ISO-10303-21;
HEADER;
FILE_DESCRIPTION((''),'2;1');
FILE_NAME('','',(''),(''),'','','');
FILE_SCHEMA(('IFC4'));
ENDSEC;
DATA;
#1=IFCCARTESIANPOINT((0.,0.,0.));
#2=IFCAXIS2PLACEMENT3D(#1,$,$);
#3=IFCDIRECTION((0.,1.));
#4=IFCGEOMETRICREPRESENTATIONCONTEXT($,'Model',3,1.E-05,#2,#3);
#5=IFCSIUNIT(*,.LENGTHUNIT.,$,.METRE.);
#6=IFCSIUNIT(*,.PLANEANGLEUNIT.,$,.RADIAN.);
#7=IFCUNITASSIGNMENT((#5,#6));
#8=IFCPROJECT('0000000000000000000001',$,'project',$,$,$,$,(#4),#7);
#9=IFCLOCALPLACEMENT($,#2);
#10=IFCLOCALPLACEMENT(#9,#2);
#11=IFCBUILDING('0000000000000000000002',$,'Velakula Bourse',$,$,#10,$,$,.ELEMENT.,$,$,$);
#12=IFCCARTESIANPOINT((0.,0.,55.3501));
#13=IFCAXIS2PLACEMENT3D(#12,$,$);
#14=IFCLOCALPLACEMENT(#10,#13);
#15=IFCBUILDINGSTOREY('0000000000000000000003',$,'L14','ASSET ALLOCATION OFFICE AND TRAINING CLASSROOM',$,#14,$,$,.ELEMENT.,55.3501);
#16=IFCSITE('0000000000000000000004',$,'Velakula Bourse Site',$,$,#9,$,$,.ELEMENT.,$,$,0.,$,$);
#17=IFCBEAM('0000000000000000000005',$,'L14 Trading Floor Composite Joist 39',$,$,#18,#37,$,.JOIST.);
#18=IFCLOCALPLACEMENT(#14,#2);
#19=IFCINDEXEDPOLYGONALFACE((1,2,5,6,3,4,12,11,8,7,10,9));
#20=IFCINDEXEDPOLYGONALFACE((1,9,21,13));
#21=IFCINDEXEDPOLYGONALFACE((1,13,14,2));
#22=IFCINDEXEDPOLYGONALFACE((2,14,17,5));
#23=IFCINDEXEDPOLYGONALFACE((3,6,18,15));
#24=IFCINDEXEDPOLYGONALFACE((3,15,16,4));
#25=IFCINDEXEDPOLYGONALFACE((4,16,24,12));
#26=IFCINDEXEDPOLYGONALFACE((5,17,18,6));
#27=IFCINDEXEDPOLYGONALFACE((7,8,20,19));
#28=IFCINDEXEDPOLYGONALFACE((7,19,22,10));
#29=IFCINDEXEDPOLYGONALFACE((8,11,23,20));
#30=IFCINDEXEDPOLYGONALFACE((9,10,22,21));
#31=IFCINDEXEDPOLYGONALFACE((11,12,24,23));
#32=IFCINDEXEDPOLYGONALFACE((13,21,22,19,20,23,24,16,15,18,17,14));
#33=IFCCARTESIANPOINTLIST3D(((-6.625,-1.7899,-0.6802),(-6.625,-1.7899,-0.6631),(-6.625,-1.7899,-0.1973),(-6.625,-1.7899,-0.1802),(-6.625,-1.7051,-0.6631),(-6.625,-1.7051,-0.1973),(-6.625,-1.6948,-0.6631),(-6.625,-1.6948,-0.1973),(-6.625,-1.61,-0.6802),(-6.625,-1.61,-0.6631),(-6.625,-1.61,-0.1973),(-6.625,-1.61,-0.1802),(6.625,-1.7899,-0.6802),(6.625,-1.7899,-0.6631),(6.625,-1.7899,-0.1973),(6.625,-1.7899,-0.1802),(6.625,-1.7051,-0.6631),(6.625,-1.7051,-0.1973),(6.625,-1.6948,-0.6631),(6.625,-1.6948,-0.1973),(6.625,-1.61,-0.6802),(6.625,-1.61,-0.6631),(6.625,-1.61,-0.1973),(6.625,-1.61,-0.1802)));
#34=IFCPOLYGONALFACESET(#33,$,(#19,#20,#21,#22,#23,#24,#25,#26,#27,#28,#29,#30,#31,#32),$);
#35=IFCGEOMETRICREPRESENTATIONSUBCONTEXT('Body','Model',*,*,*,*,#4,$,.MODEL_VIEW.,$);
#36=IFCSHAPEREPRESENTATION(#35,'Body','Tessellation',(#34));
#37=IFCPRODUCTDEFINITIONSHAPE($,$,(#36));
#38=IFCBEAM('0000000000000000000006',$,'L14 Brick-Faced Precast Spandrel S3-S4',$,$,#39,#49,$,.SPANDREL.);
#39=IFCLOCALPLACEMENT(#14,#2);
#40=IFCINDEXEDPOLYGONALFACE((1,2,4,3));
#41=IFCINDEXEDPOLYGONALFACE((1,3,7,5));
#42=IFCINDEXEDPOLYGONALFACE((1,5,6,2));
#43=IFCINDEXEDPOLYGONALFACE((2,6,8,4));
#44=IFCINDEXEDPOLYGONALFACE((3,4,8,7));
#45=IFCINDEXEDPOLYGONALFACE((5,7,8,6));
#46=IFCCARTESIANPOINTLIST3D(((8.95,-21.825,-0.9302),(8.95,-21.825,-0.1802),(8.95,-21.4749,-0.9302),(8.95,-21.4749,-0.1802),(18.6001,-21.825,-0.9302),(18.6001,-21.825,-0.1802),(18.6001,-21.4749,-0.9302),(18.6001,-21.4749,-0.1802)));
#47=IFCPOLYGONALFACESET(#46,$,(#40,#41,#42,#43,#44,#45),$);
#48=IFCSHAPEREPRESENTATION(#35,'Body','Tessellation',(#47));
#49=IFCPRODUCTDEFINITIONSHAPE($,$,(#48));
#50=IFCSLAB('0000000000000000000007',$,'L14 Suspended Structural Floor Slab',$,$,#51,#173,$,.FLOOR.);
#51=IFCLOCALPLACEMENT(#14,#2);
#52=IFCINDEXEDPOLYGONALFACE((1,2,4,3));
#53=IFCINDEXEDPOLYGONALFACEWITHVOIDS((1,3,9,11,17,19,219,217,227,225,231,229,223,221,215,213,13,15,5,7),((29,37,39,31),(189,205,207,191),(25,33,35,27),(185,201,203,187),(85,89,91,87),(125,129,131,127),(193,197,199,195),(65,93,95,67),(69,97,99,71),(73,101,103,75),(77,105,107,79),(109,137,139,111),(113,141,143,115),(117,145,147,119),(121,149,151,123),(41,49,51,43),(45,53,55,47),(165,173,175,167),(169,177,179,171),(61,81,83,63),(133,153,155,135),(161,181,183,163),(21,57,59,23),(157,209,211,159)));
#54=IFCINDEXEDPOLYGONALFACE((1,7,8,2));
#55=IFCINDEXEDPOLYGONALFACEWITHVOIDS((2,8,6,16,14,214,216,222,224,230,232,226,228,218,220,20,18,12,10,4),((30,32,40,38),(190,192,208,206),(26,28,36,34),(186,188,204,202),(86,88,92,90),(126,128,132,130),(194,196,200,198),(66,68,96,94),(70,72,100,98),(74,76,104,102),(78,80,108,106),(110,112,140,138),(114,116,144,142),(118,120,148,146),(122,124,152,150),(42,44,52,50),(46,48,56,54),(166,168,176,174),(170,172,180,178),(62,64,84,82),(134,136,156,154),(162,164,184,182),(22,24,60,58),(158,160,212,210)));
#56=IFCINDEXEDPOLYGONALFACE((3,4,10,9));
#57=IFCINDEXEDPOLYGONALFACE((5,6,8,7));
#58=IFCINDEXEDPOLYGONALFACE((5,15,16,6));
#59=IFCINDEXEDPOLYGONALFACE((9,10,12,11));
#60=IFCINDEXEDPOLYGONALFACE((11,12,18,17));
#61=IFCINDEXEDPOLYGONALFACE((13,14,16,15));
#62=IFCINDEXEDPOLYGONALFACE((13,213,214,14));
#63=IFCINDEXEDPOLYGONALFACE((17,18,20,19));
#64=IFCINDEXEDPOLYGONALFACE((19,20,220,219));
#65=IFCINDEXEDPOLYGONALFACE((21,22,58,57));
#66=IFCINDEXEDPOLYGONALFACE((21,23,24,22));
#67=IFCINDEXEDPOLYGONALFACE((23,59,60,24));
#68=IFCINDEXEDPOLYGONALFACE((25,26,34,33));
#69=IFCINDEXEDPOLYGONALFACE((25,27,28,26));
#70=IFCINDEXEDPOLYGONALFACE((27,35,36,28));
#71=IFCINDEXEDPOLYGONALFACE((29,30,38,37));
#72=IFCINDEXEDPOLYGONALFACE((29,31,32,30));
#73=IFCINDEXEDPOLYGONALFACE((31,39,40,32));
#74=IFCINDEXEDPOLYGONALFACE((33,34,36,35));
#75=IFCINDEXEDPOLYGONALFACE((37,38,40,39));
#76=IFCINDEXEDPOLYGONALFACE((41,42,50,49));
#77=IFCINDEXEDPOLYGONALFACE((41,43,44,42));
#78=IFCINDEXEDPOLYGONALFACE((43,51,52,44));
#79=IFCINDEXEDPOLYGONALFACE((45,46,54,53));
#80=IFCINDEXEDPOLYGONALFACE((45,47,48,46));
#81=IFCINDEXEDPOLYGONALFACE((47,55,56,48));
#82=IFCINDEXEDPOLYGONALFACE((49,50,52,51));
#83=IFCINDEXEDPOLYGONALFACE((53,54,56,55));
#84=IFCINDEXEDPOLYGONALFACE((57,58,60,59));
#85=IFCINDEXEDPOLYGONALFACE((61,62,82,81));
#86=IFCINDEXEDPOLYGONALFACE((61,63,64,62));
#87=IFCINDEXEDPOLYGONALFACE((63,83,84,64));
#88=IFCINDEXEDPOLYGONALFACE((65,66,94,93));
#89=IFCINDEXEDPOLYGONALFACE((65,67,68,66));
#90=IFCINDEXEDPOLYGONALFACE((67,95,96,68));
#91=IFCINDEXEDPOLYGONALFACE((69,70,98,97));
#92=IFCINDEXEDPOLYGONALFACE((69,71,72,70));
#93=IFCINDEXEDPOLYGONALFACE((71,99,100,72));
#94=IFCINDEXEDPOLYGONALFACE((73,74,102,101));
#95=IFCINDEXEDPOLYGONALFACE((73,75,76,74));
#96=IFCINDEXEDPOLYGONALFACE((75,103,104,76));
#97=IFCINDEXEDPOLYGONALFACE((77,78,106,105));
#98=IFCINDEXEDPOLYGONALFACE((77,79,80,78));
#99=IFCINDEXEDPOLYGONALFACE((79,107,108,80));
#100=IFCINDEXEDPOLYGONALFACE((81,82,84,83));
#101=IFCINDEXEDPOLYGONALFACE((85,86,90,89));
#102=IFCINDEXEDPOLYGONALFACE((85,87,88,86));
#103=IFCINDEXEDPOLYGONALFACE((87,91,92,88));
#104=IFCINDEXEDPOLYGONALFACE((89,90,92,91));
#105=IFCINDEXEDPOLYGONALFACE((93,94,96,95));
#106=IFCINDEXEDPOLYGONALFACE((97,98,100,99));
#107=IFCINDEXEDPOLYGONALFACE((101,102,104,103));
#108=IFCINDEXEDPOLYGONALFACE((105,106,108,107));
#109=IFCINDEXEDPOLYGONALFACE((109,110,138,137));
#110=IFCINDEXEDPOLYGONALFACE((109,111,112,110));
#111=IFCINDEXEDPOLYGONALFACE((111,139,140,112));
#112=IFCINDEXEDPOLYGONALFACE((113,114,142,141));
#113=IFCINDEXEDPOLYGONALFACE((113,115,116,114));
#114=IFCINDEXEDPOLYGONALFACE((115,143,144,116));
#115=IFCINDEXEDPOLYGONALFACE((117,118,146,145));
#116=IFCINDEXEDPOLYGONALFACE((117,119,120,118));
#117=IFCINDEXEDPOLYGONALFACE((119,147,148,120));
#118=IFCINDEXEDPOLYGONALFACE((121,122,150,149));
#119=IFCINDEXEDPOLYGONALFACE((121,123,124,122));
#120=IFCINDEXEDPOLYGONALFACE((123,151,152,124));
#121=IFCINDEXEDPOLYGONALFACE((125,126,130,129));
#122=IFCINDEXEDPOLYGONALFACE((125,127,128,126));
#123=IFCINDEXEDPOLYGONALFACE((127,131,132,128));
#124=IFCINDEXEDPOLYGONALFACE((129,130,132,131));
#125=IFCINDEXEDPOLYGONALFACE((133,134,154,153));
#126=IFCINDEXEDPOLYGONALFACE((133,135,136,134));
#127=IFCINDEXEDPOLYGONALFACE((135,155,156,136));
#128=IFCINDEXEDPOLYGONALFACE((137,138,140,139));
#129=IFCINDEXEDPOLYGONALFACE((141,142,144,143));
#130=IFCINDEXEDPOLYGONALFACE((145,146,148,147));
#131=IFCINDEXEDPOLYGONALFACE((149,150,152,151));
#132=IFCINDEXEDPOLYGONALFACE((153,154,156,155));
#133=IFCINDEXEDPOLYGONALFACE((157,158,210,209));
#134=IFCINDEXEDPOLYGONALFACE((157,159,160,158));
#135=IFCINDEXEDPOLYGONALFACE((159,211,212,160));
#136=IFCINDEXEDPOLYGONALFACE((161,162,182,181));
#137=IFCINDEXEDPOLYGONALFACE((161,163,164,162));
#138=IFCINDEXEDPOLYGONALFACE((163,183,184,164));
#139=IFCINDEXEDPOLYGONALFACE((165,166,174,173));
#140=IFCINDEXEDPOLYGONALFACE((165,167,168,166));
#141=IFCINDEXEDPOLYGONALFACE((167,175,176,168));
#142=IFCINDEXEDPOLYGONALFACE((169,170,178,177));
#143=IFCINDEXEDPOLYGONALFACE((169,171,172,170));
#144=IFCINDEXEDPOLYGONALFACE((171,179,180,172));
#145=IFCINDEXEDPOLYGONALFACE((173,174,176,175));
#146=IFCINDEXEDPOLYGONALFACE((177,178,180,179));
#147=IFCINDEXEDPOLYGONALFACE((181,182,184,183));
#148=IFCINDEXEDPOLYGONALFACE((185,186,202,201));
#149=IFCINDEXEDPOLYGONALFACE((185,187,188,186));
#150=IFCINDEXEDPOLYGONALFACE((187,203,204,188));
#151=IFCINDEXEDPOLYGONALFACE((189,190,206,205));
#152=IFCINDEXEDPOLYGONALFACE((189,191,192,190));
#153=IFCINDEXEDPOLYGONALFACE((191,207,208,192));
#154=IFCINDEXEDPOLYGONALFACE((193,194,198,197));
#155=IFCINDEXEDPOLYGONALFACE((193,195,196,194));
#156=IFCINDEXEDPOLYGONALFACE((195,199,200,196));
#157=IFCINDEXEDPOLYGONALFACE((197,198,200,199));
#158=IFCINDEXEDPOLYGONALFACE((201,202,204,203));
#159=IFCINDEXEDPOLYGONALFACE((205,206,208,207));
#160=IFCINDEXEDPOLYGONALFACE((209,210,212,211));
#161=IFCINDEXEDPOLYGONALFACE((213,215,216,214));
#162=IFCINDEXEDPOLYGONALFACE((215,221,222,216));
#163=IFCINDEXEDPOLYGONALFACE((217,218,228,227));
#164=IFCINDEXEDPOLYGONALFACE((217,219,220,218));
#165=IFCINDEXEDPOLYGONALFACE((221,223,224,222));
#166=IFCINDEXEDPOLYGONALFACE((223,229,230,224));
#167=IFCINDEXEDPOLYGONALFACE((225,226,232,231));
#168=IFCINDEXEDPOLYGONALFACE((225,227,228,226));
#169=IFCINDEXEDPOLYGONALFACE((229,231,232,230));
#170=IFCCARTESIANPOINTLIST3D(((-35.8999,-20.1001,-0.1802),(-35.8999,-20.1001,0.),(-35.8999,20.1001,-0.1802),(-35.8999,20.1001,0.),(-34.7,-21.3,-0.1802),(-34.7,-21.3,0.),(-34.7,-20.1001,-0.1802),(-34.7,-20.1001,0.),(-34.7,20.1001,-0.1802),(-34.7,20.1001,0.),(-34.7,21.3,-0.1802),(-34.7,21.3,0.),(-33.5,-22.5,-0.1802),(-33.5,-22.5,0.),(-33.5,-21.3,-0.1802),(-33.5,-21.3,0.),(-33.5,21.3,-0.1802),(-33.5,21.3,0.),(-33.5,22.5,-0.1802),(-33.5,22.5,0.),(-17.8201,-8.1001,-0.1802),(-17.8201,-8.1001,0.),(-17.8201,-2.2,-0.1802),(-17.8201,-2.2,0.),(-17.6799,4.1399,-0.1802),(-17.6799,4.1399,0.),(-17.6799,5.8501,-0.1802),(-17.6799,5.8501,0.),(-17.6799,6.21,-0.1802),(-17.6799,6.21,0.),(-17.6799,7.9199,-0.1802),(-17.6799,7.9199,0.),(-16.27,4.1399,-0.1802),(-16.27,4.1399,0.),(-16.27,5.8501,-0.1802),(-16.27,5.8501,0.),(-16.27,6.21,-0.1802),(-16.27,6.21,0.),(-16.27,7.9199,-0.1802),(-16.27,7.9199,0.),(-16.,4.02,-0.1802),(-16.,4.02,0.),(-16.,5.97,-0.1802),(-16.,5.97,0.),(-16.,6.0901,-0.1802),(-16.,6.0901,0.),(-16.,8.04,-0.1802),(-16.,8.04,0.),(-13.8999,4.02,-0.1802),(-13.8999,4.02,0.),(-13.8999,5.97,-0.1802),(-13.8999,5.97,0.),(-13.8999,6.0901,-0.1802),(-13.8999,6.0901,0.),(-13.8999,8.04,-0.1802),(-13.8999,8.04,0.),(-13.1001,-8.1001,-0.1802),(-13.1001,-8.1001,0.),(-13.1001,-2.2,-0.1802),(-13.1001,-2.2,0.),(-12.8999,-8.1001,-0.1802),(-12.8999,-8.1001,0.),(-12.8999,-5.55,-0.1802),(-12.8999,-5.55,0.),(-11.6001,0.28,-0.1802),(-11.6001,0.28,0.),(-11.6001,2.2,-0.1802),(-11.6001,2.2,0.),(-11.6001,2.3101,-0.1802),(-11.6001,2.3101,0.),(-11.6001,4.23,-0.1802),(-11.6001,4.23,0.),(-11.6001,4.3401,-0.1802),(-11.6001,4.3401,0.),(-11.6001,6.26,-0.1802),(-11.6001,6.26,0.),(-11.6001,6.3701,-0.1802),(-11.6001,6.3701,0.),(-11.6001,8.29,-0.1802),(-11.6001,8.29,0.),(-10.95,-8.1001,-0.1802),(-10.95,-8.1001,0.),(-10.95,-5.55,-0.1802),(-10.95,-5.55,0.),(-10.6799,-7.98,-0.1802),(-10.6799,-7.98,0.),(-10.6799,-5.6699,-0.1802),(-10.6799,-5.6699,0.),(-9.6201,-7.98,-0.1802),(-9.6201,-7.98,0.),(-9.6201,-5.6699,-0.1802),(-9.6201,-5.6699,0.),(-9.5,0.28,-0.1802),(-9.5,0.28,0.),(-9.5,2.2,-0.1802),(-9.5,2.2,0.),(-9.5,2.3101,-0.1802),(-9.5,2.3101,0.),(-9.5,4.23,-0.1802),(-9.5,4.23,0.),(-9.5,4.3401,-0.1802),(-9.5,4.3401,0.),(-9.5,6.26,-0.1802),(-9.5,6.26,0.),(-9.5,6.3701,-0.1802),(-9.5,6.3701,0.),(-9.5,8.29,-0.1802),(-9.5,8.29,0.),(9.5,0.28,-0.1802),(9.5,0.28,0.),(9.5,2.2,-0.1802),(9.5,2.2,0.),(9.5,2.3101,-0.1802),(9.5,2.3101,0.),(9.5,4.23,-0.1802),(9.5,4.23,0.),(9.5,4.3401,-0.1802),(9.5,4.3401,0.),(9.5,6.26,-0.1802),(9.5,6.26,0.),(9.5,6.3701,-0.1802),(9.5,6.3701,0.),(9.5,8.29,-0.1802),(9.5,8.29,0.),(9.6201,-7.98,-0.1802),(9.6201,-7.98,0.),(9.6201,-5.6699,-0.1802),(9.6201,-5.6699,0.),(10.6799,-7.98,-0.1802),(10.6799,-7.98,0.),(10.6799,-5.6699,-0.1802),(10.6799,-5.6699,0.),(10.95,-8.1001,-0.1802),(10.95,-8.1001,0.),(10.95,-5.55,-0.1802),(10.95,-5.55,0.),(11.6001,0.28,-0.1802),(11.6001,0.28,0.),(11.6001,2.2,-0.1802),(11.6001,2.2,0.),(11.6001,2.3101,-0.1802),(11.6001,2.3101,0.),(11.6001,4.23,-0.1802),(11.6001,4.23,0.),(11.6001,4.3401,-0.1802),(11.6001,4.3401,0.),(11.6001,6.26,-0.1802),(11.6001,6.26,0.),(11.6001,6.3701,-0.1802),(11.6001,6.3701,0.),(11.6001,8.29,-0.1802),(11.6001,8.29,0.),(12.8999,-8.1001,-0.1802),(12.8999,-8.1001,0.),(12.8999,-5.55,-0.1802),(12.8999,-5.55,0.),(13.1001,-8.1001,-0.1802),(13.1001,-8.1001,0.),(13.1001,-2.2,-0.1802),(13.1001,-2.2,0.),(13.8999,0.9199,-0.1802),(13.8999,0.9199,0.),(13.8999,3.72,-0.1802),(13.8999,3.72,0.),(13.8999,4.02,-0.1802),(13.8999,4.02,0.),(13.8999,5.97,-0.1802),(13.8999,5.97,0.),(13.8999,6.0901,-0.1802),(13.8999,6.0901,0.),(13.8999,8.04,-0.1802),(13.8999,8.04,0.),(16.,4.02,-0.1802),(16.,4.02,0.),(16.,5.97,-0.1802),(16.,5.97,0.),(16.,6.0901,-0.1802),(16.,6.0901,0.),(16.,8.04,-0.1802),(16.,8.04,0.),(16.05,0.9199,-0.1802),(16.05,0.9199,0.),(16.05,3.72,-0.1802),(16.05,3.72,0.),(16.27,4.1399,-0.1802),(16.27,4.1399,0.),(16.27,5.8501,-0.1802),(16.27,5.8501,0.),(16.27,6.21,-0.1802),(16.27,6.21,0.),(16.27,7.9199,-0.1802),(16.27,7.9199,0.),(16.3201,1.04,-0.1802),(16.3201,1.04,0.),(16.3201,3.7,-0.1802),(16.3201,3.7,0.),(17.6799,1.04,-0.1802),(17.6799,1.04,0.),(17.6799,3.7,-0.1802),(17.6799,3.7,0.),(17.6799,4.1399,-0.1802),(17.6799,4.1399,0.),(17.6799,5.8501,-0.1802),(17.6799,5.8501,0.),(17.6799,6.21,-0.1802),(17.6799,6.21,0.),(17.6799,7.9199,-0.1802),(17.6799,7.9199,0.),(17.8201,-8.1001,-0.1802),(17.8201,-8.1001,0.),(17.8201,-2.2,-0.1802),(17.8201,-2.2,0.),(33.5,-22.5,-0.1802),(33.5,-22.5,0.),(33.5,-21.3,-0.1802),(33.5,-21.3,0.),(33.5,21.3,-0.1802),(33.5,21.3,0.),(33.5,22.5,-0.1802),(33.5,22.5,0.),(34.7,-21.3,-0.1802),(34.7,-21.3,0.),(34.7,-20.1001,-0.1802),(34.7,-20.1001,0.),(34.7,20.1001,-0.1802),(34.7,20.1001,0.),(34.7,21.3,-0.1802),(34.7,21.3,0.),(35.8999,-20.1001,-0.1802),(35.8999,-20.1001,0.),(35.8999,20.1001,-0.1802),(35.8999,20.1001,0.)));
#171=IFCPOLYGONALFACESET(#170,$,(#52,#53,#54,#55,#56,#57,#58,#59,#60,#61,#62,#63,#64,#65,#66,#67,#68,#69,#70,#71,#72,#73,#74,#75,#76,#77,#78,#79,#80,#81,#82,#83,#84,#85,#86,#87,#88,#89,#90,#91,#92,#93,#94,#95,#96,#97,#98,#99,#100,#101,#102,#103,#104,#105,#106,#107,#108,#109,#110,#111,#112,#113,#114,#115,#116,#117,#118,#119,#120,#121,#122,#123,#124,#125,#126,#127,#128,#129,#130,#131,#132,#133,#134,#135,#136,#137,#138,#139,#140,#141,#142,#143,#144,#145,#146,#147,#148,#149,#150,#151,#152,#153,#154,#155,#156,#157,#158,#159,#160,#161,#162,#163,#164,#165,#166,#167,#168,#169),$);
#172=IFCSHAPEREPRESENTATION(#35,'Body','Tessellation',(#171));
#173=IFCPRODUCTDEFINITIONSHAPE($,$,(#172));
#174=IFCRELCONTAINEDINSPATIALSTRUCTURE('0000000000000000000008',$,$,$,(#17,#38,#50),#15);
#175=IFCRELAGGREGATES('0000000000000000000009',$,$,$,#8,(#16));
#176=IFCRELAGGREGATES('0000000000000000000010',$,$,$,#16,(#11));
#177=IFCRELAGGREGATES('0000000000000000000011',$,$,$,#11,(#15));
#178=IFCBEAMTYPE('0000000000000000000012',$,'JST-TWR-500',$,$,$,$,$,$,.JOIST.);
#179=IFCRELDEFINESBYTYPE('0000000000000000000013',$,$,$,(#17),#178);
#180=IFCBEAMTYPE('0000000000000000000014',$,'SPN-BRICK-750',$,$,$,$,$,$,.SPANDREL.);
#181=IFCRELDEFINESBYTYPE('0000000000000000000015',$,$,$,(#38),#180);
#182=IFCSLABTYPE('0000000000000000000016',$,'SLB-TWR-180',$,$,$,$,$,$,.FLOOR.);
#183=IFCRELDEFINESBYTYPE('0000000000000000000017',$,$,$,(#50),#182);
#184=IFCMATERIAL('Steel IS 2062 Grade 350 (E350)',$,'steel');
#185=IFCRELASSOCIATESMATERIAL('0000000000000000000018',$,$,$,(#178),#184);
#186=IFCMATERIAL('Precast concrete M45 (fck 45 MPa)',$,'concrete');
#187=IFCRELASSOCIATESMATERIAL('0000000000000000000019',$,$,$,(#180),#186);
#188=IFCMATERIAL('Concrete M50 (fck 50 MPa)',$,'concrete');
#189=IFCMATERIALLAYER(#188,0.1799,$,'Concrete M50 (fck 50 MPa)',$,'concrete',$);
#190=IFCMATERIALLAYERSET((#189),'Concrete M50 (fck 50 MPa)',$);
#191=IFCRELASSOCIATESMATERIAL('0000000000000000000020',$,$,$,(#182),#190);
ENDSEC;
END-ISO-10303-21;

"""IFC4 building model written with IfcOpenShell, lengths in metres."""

from ifc_helpers import new_model, si_unit, direction, frame, origin, origin_2d, place, context, subcontext, project, spatial, polyline, rectangle, i_section, outline, extrude, material, layer, layer_set, material_profile, profile_set, type_object, element, save


model = new_model("IFC4")

# Units and contexts
model_context = context("Model", 3, precision=1e-05, world=origin(), true_north=direction((0.0, 1.0)))
body_context = subcontext(model_context, "Body", "Model", "MODEL_VIEW")
ifc_project = project(units=[si_unit("LENGTHUNIT", "METRE"), si_unit("PLANEANGLEUNIT", "RADIAN")], contexts=[model_context])

# Site, building, storey
site_placement = place(None, origin())
site = spatial("IfcSite", under=ifc_project, at=site_placement, Name="Velakula Bourse Site", CompositionType="ELEMENT", RefElevation=0.0)
building_placement = place(site_placement, origin())
building = spatial("IfcBuilding", under=site, at=building_placement, Name="Velakula Bourse", CompositionType="ELEMENT")
storey_placement = place(building_placement, frame((0.0, 0.0, 55.3501)))
storey = spatial("IfcBuildingStorey", under=building, at=storey_placement, Name="L14", Description="ASSET ALLOCATION OFFICE AND TRAINING CLASSROOM", CompositionType="ELEMENT", Elevation=55.3501)

# Beams
ifc_material_1 = material(Name="Steel IS 2062 Grade 350 (E350)", Category="steel")
ifc_material_profile_1 = material_profile(ifc_material_1, i_section(OverallWidth=0.1799, OverallDepth=0.5, WebThickness=0.0103, FlangeThickness=0.0171, at=origin_2d()), Name="Steel IS 2062 Grade 350 (E350)")
ifc_profile_set_1 = profile_set([ifc_material_profile_1], Name="Steel IS 2062 Grade 350 (E350)")
beam_type_1 = type_object("IfcBeamType", Name="JST-TWR-500", PredefinedType="JOIST", material=ifc_profile_set_1)
beam_1_placement = place(storey_placement, frame((-6.625, -1.7, -0.4302), z_axis=(1.0, 0.0, 0.0), x_axis=(0.0, 1.0, 0.0)))
element("IfcBeam", 1, at=beam_1_placement, inside=storey, type_object=beam_type_1, Name="L14 Trading Floor Composite Joist 39", PredefinedType="JOIST", context=body_context, shape_type="SweptSolid", body=[
    extrude(i_section(OverallWidth=0.1799, OverallDepth=0.5, WebThickness=0.0103, FlangeThickness=0.0171, at=origin_2d()), origin(), (0.0, 0.0, 1.0), 13.25),
])
ifc_material_2 = material(Name="Precast concrete M45 (fck 45 MPa)", Category="concrete")
ifc_material_profile_2 = material_profile(ifc_material_2, rectangle(XDim=0.3501, YDim=0.75, at=origin_2d()), Name="Precast concrete M45 (fck 45 MPa)")
ifc_profile_set_2 = profile_set([ifc_material_profile_2], Name="Precast concrete M45 (fck 45 MPa)")
beam_type_2 = type_object("IfcBeamType", Name="SPN-BRICK-750", PredefinedType="SPANDREL", material=ifc_profile_set_2)
beam_2_placement = place(storey_placement, frame((8.95, -21.6499, -0.5552), z_axis=(1.0, 0.0, 0.0), x_axis=(0.0, 1.0, 0.0)))
element("IfcBeam", 2, at=beam_2_placement, inside=storey, type_object=beam_type_2, Name="L14 Brick-Faced Precast Spandrel S3-S4", PredefinedType="SPANDREL", context=body_context, shape_type="SweptSolid", body=[
    extrude(rectangle(XDim=0.3501, YDim=0.75, at=origin_2d()), origin(), (0.0, 0.0, 1.0), 9.6501),
])

# Slab
ifc_material_3 = material(Name="Concrete M50 (fck 50 MPa)", Category="concrete")
ifc_layer_1 = layer(ifc_material_3, 0.1799, Name="Concrete M50 (fck 50 MPa)", Category="concrete")
ifc_layer_set_1 = layer_set([ifc_layer_1], Name="Concrete M50 (fck 50 MPa)")
slab_type = type_object("IfcSlabType", Name="SLB-TWR-180", PredefinedType="FLOOR", material=ifc_layer_set_1)
slab_placement = place(storey_placement, frame((0.0, 0.0, -0.1802)))
element("IfcSlab", 3, at=slab_placement, inside=storey, type_object=slab_type, Name="L14 Suspended Structural Floor Slab", PredefinedType="FLOOR", context=body_context, shape_type="SweptSolid", body=[
    extrude(outline(polyline([(-33.5, -22.5), (33.5, -22.5), (33.5, -21.3), (34.7, -21.3), (34.7, -20.1001), (35.8999, -20.1001), (35.8999, 20.1001), (34.7, 20.1001), (34.7, 21.3), (33.5, 21.3), (33.5, 22.5), (-33.5, 22.5), (-33.5, 21.3), (-34.7, 21.3), (-34.7, 20.1001), (-35.8999, 20.1001), (-35.8999, -20.1001), (-34.7, -20.1001), (-34.7, -21.3), (-33.5, -21.3), (-33.5, -22.5)]), holes=[polyline([(-17.8201, -8.1001), (-13.1001, -8.1001), (-13.1001, -2.2), (-17.8201, -2.2), (-17.8201, -8.1001)]), polyline([(13.1001, -8.1001), (17.8201, -8.1001), (17.8201, -2.2), (13.1001, -2.2), (13.1001, -8.1001)]), polyline([(-12.8999, -8.1001), (-10.95, -8.1001), (-10.95, -5.55), (-12.8999, -5.55), (-12.8999, -8.1001)]), polyline([(10.95, -8.1001), (12.8999, -8.1001), (12.8999, -5.55), (10.95, -5.55), (10.95, -8.1001)]), polyline([(13.8999, 0.9199), (16.05, 0.9199), (16.05, 3.72), (13.8999, 3.72), (13.8999, 0.9199)]), polyline([(-10.6799, -7.98), (-9.6201, -7.98), (-9.6201, -5.6699), (-10.6799, -5.6699), (-10.6799, -7.98)]), polyline([(-17.6799, 4.1399), (-16.27, 4.1399), (-16.27, 5.8501), (-17.6799, 5.8501), (-17.6799, 4.1399)]), polyline([(-17.6799, 6.21), (-16.27, 6.21), (-16.27, 7.9199), (-17.6799, 7.9199), (-17.6799, 6.21)]), polyline([(9.6201, -7.98), (10.6799, -7.98), (10.6799, -5.6699), (9.6201, -5.6699), (9.6201, -7.98)]), polyline([(16.27, 4.1399), (17.6799, 4.1399), (17.6799, 5.8501), (16.27, 5.8501), (16.27, 4.1399)]), polyline([(16.27, 6.21), (17.6799, 6.21), (17.6799, 7.9199), (16.27, 7.9199), (16.27, 6.21)]), polyline([(16.3201, 1.04), (17.6799, 1.04), (17.6799, 3.7), (16.3201, 3.7), (16.3201, 1.04)]), polyline([(-11.6001, 0.28), (-9.5, 0.28), (-9.5, 2.2), (-11.6001, 2.2), (-11.6001, 0.28)]), polyline([(-11.6001, 2.3101), (-9.5, 2.3101), (-9.5, 4.23), (-11.6001, 4.23), (-11.6001, 2.3101)]), polyline([(-11.6001, 4.3401), (-9.5, 4.3401), (-9.5, 6.26), (-11.6001, 6.26), (-11.6001, 4.3401)]), polyline([(-11.6001, 6.3701), (-9.5, 6.3701), (-9.5, 8.29), (-11.6001, 8.29), (-11.6001, 6.3701)]), polyline([(9.5, 0.28), (11.6001, 0.28), (11.6001, 2.2), (9.5, 2.2), (9.5, 0.28)]), polyline([(9.5, 2.3101), (11.6001, 2.3101), (11.6001, 4.23), (9.5, 4.23), (9.5, 2.3101)]), polyline([(9.5, 4.3401), (11.6001, 4.3401), (11.6001, 6.26), (9.5, 6.26), (9.5, 4.3401)]), polyline([(9.5, 6.3701), (11.6001, 6.3701), (11.6001, 8.29), (9.5, 8.29), (9.5, 6.3701)]), polyline([(-16.0, 4.02), (-13.8999, 4.02), (-13.8999, 5.97), (-16.0, 5.97), (-16.0, 4.02)]), polyline([(-16.0, 6.0901), (-13.8999, 6.0901), (-13.8999, 8.04), (-16.0, 8.04), (-16.0, 6.0901)]), polyline([(13.8999, 4.02), (16.0, 4.02), (16.0, 5.97), (13.8999, 5.97), (13.8999, 4.02)]), polyline([(13.8999, 6.0901), (16.0, 6.0901), (16.0, 8.04), (13.8999, 8.04), (13.8999, 6.0901)])]), origin(), (0.0, 0.0, 1.0), 0.1802),
])

save(model, "model.ifc")
